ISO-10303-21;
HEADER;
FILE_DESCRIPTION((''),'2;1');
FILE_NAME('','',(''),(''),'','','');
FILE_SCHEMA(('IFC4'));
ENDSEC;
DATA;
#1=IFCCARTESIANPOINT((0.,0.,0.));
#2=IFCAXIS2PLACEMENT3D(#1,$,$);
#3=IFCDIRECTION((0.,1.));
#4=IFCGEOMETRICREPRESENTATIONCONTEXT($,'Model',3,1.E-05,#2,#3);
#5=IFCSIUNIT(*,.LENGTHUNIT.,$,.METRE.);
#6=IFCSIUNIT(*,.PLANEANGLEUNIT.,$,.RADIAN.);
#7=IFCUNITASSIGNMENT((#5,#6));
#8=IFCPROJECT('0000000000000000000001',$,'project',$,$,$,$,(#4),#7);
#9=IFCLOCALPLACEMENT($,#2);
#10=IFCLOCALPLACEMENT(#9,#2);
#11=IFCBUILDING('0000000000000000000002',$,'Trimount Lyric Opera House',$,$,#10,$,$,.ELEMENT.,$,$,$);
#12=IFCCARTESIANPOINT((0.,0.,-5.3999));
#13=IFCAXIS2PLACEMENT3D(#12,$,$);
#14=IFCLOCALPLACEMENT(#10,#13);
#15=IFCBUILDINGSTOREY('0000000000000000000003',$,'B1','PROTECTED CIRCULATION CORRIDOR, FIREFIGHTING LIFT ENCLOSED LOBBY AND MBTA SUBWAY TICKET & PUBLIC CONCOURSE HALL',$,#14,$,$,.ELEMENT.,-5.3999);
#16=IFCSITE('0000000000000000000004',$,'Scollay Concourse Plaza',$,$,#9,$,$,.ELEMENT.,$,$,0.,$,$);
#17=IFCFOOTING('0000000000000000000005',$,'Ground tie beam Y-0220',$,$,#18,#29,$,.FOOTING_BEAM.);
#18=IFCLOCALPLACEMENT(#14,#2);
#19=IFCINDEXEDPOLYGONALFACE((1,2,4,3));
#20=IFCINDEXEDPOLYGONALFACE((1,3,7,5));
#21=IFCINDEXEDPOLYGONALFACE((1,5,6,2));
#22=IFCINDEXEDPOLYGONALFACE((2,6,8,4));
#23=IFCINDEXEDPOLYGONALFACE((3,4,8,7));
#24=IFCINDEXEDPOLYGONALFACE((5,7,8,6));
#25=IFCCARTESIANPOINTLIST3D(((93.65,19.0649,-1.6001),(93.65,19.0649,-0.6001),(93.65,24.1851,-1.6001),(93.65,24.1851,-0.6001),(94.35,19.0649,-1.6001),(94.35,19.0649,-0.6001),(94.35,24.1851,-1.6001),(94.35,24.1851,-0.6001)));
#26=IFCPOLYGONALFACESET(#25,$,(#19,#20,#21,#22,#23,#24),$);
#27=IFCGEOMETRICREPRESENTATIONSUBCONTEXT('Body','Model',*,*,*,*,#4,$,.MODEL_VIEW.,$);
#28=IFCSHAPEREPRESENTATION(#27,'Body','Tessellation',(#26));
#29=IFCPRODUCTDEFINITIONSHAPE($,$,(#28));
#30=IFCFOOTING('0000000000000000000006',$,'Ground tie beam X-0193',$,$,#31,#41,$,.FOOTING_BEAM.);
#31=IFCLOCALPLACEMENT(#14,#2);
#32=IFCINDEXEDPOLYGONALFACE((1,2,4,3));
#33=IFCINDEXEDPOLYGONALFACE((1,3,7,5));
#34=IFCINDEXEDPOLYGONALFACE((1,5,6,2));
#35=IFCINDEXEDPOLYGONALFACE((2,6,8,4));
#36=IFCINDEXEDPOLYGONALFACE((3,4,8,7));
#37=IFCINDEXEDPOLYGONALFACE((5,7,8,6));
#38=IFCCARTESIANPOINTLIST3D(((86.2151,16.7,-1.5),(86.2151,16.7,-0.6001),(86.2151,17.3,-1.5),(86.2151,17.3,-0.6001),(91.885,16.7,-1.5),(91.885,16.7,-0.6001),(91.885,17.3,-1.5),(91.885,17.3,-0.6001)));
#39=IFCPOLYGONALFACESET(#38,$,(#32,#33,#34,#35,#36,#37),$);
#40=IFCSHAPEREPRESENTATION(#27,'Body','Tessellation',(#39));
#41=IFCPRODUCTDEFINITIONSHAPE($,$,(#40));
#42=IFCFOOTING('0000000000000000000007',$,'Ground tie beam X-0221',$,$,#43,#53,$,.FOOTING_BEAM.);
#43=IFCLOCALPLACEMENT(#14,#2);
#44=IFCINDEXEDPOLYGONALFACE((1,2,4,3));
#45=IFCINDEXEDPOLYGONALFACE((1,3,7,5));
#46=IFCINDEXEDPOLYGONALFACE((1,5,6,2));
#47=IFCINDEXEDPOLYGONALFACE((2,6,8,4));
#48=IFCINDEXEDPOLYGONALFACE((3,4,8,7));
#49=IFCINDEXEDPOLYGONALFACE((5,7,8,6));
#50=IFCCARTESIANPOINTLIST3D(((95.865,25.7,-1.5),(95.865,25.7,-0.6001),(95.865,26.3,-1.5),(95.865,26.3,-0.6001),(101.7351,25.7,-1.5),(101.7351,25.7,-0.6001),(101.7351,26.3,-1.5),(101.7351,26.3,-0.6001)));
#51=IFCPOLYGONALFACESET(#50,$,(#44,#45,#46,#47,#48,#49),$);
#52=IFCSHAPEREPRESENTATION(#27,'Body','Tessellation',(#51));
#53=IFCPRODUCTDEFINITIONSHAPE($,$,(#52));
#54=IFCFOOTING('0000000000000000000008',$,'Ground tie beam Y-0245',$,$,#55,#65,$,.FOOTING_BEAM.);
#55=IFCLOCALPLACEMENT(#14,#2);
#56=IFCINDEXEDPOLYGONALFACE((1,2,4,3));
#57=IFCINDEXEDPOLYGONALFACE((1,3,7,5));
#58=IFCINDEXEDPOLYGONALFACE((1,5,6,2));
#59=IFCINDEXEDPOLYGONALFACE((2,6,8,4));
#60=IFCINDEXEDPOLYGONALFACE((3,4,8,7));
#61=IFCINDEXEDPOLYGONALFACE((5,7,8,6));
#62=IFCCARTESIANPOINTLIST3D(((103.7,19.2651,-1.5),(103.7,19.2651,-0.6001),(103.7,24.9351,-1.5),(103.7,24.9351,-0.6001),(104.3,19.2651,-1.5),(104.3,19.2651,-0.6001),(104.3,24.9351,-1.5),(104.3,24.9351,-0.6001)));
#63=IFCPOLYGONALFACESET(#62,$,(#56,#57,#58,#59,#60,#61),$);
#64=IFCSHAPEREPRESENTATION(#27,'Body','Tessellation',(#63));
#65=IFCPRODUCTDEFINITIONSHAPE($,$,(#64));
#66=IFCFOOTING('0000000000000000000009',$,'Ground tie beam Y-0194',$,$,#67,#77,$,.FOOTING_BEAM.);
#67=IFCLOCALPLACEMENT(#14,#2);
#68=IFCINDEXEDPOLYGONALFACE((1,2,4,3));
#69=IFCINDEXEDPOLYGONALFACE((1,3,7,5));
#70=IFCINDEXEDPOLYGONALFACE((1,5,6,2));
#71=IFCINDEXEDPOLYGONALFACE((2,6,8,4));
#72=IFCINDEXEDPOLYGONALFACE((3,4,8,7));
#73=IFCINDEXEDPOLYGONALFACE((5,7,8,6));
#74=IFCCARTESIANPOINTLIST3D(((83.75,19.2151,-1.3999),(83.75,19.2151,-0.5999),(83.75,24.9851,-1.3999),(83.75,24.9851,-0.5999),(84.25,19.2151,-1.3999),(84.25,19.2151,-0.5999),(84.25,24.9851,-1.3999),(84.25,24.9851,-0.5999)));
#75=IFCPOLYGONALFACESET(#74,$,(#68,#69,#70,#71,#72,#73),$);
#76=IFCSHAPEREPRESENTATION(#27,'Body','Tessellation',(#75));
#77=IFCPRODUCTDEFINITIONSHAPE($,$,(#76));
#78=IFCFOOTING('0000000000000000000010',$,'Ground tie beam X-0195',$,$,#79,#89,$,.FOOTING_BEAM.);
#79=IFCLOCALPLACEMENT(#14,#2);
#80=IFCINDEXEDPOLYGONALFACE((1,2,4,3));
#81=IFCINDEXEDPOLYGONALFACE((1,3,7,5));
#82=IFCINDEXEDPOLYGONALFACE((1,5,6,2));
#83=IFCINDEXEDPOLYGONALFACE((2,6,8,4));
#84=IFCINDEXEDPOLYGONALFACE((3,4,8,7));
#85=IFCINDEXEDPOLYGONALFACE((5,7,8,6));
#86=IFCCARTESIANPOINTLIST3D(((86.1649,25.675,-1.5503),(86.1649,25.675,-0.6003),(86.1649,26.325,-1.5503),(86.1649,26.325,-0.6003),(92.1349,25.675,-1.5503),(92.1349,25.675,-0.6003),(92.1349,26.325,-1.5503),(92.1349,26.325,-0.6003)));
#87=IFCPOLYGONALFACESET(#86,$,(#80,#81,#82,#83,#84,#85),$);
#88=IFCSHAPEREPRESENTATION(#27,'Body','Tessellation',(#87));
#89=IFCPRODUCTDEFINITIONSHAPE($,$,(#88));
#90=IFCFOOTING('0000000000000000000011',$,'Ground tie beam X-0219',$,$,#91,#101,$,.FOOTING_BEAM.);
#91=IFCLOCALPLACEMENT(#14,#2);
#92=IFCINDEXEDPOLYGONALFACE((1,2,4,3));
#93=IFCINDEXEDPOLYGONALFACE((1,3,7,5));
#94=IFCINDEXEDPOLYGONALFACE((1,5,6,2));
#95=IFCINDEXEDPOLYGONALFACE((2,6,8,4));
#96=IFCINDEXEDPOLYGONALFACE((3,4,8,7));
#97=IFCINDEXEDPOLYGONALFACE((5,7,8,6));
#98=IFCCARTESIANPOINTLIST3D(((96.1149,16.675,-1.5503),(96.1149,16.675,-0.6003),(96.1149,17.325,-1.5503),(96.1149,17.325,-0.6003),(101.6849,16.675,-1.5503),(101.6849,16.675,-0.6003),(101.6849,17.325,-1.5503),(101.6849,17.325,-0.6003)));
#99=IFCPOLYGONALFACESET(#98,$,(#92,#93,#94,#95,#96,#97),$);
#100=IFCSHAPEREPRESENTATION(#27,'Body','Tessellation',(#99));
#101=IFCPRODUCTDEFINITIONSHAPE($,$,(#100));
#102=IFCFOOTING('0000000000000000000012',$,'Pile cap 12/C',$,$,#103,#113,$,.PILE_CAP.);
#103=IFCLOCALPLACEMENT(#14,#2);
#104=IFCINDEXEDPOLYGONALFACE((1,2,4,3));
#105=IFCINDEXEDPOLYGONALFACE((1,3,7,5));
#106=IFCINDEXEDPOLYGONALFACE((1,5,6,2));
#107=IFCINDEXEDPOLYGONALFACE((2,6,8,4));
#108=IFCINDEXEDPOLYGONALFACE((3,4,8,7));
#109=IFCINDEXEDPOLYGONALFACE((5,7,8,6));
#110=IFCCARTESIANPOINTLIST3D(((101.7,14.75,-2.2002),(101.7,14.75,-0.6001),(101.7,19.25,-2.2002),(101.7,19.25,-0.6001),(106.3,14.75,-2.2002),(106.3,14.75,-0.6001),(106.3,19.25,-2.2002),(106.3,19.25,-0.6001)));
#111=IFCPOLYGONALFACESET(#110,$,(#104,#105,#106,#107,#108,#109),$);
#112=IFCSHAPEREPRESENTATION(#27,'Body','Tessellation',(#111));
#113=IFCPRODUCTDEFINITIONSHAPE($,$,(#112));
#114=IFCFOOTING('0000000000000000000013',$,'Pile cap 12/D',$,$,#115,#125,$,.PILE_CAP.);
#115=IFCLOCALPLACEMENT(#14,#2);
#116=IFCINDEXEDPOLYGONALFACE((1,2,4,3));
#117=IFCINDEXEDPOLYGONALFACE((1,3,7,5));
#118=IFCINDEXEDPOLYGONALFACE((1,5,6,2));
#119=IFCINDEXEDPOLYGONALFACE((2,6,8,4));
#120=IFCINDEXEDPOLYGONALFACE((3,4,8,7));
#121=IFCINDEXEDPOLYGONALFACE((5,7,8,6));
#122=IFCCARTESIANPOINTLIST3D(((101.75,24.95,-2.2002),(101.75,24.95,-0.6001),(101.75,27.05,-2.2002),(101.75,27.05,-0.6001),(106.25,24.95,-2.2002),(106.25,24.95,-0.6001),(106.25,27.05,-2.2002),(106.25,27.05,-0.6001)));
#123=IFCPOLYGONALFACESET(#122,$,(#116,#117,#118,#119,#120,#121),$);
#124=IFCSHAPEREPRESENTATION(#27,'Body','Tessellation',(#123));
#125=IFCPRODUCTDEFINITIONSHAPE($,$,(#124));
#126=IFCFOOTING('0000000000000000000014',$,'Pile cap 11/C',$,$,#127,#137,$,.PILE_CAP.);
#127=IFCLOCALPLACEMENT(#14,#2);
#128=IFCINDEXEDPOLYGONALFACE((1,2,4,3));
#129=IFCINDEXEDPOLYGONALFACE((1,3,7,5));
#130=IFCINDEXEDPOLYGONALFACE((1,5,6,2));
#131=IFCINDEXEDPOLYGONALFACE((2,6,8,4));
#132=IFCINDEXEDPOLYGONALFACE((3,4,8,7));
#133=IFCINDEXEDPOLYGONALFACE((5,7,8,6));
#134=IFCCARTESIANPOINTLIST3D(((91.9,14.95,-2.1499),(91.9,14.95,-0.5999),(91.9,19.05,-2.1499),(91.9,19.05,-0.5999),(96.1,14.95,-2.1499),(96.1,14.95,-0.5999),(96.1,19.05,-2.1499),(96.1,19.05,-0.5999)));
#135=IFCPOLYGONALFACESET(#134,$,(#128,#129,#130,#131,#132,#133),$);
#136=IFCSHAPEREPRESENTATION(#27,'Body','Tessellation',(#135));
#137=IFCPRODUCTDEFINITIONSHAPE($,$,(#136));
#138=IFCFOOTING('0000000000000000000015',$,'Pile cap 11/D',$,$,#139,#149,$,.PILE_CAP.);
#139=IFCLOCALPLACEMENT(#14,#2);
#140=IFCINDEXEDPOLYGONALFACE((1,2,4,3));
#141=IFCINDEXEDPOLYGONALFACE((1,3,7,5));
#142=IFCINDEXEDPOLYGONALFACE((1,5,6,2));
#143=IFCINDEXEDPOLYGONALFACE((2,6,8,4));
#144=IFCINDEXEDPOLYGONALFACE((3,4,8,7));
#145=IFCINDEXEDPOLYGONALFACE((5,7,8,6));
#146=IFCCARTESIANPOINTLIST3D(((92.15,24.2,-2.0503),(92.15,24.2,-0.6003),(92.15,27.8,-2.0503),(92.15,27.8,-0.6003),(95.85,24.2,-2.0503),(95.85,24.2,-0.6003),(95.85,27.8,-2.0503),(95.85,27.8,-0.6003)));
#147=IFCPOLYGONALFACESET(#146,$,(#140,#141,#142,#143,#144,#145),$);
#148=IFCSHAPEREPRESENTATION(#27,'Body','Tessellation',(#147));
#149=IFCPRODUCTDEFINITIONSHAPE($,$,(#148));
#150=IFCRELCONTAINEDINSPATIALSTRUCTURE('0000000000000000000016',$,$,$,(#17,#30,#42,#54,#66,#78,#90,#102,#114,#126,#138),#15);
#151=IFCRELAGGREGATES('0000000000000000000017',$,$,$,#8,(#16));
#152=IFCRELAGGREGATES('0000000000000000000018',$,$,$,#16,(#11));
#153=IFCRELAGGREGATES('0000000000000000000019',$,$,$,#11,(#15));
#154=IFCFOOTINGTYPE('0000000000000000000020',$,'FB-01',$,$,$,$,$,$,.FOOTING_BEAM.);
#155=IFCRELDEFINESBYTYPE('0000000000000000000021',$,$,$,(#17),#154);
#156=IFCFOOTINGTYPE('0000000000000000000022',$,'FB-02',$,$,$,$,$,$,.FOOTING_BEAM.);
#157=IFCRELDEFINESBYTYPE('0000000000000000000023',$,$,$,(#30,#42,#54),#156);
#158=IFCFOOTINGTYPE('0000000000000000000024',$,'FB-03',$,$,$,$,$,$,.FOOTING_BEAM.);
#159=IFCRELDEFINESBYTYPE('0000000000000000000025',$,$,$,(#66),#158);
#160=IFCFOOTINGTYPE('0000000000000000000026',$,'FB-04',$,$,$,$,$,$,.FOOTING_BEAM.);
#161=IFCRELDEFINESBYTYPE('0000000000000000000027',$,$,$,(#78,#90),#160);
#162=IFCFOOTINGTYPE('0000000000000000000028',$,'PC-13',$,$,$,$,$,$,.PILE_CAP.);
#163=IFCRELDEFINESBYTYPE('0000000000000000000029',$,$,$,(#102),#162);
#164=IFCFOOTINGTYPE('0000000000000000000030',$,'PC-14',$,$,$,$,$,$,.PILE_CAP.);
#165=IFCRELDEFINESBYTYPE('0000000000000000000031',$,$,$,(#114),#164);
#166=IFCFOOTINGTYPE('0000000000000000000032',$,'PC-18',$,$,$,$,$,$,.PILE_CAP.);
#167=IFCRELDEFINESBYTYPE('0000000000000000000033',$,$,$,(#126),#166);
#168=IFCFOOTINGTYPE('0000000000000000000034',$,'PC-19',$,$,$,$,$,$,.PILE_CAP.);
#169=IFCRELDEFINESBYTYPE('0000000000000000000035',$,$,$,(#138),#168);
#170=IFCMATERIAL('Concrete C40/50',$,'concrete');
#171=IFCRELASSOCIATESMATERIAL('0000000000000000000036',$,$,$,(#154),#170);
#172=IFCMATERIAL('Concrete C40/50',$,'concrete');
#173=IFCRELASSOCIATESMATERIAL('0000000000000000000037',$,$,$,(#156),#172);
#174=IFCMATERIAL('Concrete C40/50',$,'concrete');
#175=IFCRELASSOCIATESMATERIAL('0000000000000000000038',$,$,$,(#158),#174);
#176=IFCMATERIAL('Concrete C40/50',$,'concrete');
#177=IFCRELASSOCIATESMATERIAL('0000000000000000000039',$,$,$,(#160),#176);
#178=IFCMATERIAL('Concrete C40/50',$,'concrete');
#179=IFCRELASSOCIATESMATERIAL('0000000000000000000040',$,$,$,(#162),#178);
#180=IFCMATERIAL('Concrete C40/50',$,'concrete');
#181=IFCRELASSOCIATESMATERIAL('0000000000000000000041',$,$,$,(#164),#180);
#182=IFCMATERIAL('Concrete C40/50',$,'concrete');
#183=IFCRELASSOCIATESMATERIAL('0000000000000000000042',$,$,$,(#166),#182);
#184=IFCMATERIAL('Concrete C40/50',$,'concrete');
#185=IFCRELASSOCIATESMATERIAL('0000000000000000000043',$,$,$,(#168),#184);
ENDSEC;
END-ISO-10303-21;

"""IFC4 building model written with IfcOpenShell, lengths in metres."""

from ifc_helpers import new_model, si_unit, direction, frame, origin, origin_2d, place, context, subcontext, project, spatial, rectangle, extrude, material, type_object, element, save


model = new_model("IFC4")

# Units and contexts
model_context = context("Model", 3, precision=1e-05, world=origin(), true_north=direction((0.0, 1.0)))
body_context = subcontext(model_context, "Body", "Model", "MODEL_VIEW")
ifc_project = project(units=[si_unit("LENGTHUNIT", "METRE"), si_unit("PLANEANGLEUNIT", "RADIAN")], contexts=[model_context])

# Site, building, storey
site_placement = place(None, origin())
site = spatial("IfcSite", under=ifc_project, at=site_placement, Name="Scollay Concourse Plaza", CompositionType="ELEMENT", RefElevation=0.0)
building_placement = place(site_placement, origin())
building = spatial("IfcBuilding", under=site, at=building_placement, Name="Trimount Lyric Opera House", CompositionType="ELEMENT")
storey_placement = place(building_placement, frame((0.0, 0.0, -5.3999)))
storey = spatial("IfcBuildingStorey", under=building, at=storey_placement, Name="B1", Description="PROTECTED CIRCULATION CORRIDOR, FIREFIGHTING LIFT ENCLOSED LOBBY AND MBTA SUBWAY TICKET & PUBLIC CONCOURSE HALL", CompositionType="ELEMENT", Elevation=-5.3999)

# Footings
ifc_material_1 = material(Name="Concrete C40/50", Category="concrete")
footing_type_1 = type_object("IfcFootingType", Name="FB-01", PredefinedType="FOOTING_BEAM", material=ifc_material_1)
footing_1_placement = place(storey_placement, frame((94.0, 21.625, -1.6001), z_axis=(0.0, 0.0, 1.0), x_axis=(1.0, 0.0, 0.0)))
element("IfcFooting", 1, at=footing_1_placement, inside=storey, type_object=footing_type_1, Name="Ground tie beam Y-0220", PredefinedType="FOOTING_BEAM", context=body_context, shape_type="SweptSolid", body=[
    extrude(rectangle(XDim=0.7, YDim=5.1201, at=origin_2d()), origin(), (0.0, 0.0, 1.0), 1.0),
])
ifc_material_2 = material(Name="Concrete C40/50", Category="concrete")
footing_type_2 = type_object("IfcFootingType", Name="FB-02", PredefinedType="FOOTING_BEAM", material=ifc_material_2)
footing_2_placement = place(storey_placement, frame((89.05, 17.0, -1.5), z_axis=(0.0, 0.0, 1.0), x_axis=(1.0, 0.0, 0.0)))
element("IfcFooting", 2, at=footing_2_placement, inside=storey, type_object=footing_type_2, Name="Ground tie beam X-0193", PredefinedType="FOOTING_BEAM", context=body_context, shape_type="SweptSolid", body=[
    extrude(rectangle(XDim=5.6699, YDim=0.6001, at=origin_2d()), origin(), (0.0, 0.0, 1.0), 0.8999),
])
footing_3_placement = place(storey_placement, frame((98.8, 26.0, -1.5), z_axis=(0.0, 0.0, 1.0), x_axis=(1.0, 0.0, 0.0)))
element("IfcFooting", 3, at=footing_3_placement, inside=storey, type_object=footing_type_2, Name="Ground tie beam X-0221", PredefinedType="FOOTING_BEAM", context=body_context, shape_type="SweptSolid", body=[
    extrude(rectangle(XDim=5.8701, YDim=0.6001, at=origin_2d()), origin(), (0.0, 0.0, 1.0), 0.8999),
])
footing_4_placement = place(storey_placement, frame((104.0, 22.1001, -1.5), z_axis=(0.0, 0.0, 1.0), x_axis=(1.0, 0.0, 0.0)))
element("IfcFooting", 4, at=footing_4_placement, inside=storey, type_object=footing_type_2, Name="Ground tie beam Y-0245", PredefinedType="FOOTING_BEAM", context=body_context, shape_type="SweptSolid", body=[
    extrude(rectangle(XDim=0.6001, YDim=5.6699, at=origin_2d()), origin(), (0.0, 0.0, 1.0), 0.8999),
])
ifc_material_3 = material(Name="Concrete C40/50", Category="concrete")
footing_type_3 = type_object("IfcFootingType", Name="FB-03", PredefinedType="FOOTING_BEAM", material=ifc_material_3)
footing_5_placement = place(storey_placement, frame((84.0, 22.1001, -1.3999), z_axis=(0.0, 0.0, 1.0), x_axis=(1.0, 0.0, 0.0)))
element("IfcFooting", 5, at=footing_5_placement, inside=storey, type_object=footing_type_3, Name="Ground tie beam Y-0194", PredefinedType="FOOTING_BEAM", context=body_context, shape_type="SweptSolid", body=[
    extrude(rectangle(XDim=0.5, YDim=5.77, at=origin_2d()), origin(), (0.0, 0.0, 1.0), 0.8),
])
ifc_material_4 = material(Name="Concrete C40/50", Category="concrete")
footing_type_4 = type_object("IfcFootingType", Name="FB-04", PredefinedType="FOOTING_BEAM", material=ifc_material_4)
footing_6_placement = place(storey_placement, frame((89.1499, 26.0, -1.5503), z_axis=(0.0, 0.0, 1.0), x_axis=(1.0, 0.0, 0.0)))
element("IfcFooting", 6, at=footing_6_placement, inside=storey, type_object=footing_type_4, Name="Ground tie beam X-0195", PredefinedType="FOOTING_BEAM", context=body_context, shape_type="SweptSolid", body=[
    extrude(rectangle(XDim=5.97, YDim=0.6499, at=origin_2d()), origin(), (0.0, 0.0, 1.0), 0.95),
])
footing_7_placement = place(storey_placement, frame((98.8999, 17.0, -1.5503), z_axis=(0.0, 0.0, 1.0), x_axis=(1.0, 0.0, 0.0)))
element("IfcFooting", 7, at=footing_7_placement, inside=storey, type_object=footing_type_4, Name="Ground tie beam X-0219", PredefinedType="FOOTING_BEAM", context=body_context, shape_type="SweptSolid", body=[
    extrude(rectangle(XDim=5.5701, YDim=0.6499, at=origin_2d()), origin(), (0.0, 0.0, 1.0), 0.95),
])
ifc_material_5 = material(Name="Concrete C40/50", Category="concrete")
footing_type_5 = type_object("IfcFootingType", Name="PC-13", PredefinedType="PILE_CAP", material=ifc_material_5)
footing_8_placement = place(storey_placement, frame((104.0, 17.0, -2.2002), z_axis=(0.0, 0.0, 1.0), x_axis=(1.0, 0.0, 0.0)))
element("IfcFooting", 8, at=footing_8_placement, inside=storey, type_object=footing_type_5, Name="Pile cap 12/C", PredefinedType="PILE_CAP", context=body_context, shape_type="SweptSolid", body=[
    extrude(rectangle(XDim=4.6001, YDim=4.5, at=origin_2d()), origin(), (0.0, 0.0, 1.0), 1.6001),
])
ifc_material_6 = material(Name="Concrete C40/50", Category="concrete")
footing_type_6 = type_object("IfcFootingType", Name="PC-14", PredefinedType="PILE_CAP", material=ifc_material_6)
footing_9_placement = place(storey_placement, frame((104.0, 26.0, -2.2002), z_axis=(0.0, 0.0, 1.0), x_axis=(1.0, 0.0, 0.0)))
element("IfcFooting", 9, at=footing_9_placement, inside=storey, type_object=footing_type_6, Name="Pile cap 12/D", PredefinedType="PILE_CAP", context=body_context, shape_type="SweptSolid", body=[
    extrude(rectangle(XDim=4.5, YDim=2.1001, at=origin_2d()), origin(), (0.0, 0.0, 1.0), 1.6001),
])
ifc_material_7 = material(Name="Concrete C40/50", Category="concrete")
footing_type_7 = type_object("IfcFootingType", Name="PC-18", PredefinedType="PILE_CAP", material=ifc_material_7)
footing_10_placement = place(storey_placement, frame((94.0, 17.0, -2.1499), z_axis=(0.0, 0.0, 1.0), x_axis=(1.0, 0.0, 0.0)))
element("IfcFooting", 10, at=footing_10_placement, inside=storey, type_object=footing_type_7, Name="Pile cap 11/C", PredefinedType="PILE_CAP", context=body_context, shape_type="SweptSolid", body=[
    extrude(rectangle(XDim=4.2, YDim=4.1001, at=origin_2d()), origin(), (0.0, 0.0, 1.0), 1.55),
])
ifc_material_8 = material(Name="Concrete C40/50", Category="concrete")
footing_type_8 = type_object("IfcFootingType", Name="PC-19", PredefinedType="PILE_CAP", material=ifc_material_8)
footing_11_placement = place(storey_placement, frame((94.0, 26.0, -2.0503), z_axis=(0.0, 0.0, 1.0), x_axis=(1.0, 0.0, 0.0)))
element("IfcFooting", 11, at=footing_11_placement, inside=storey, type_object=footing_type_8, Name="Pile cap 11/D", PredefinedType="PILE_CAP", context=body_context, shape_type="SweptSolid", body=[
    extrude(rectangle(XDim=3.7, YDim=3.6001, at=origin_2d()), origin(), (0.0, 0.0, 1.0), 1.45),
])

save(model, "model.ifc")
